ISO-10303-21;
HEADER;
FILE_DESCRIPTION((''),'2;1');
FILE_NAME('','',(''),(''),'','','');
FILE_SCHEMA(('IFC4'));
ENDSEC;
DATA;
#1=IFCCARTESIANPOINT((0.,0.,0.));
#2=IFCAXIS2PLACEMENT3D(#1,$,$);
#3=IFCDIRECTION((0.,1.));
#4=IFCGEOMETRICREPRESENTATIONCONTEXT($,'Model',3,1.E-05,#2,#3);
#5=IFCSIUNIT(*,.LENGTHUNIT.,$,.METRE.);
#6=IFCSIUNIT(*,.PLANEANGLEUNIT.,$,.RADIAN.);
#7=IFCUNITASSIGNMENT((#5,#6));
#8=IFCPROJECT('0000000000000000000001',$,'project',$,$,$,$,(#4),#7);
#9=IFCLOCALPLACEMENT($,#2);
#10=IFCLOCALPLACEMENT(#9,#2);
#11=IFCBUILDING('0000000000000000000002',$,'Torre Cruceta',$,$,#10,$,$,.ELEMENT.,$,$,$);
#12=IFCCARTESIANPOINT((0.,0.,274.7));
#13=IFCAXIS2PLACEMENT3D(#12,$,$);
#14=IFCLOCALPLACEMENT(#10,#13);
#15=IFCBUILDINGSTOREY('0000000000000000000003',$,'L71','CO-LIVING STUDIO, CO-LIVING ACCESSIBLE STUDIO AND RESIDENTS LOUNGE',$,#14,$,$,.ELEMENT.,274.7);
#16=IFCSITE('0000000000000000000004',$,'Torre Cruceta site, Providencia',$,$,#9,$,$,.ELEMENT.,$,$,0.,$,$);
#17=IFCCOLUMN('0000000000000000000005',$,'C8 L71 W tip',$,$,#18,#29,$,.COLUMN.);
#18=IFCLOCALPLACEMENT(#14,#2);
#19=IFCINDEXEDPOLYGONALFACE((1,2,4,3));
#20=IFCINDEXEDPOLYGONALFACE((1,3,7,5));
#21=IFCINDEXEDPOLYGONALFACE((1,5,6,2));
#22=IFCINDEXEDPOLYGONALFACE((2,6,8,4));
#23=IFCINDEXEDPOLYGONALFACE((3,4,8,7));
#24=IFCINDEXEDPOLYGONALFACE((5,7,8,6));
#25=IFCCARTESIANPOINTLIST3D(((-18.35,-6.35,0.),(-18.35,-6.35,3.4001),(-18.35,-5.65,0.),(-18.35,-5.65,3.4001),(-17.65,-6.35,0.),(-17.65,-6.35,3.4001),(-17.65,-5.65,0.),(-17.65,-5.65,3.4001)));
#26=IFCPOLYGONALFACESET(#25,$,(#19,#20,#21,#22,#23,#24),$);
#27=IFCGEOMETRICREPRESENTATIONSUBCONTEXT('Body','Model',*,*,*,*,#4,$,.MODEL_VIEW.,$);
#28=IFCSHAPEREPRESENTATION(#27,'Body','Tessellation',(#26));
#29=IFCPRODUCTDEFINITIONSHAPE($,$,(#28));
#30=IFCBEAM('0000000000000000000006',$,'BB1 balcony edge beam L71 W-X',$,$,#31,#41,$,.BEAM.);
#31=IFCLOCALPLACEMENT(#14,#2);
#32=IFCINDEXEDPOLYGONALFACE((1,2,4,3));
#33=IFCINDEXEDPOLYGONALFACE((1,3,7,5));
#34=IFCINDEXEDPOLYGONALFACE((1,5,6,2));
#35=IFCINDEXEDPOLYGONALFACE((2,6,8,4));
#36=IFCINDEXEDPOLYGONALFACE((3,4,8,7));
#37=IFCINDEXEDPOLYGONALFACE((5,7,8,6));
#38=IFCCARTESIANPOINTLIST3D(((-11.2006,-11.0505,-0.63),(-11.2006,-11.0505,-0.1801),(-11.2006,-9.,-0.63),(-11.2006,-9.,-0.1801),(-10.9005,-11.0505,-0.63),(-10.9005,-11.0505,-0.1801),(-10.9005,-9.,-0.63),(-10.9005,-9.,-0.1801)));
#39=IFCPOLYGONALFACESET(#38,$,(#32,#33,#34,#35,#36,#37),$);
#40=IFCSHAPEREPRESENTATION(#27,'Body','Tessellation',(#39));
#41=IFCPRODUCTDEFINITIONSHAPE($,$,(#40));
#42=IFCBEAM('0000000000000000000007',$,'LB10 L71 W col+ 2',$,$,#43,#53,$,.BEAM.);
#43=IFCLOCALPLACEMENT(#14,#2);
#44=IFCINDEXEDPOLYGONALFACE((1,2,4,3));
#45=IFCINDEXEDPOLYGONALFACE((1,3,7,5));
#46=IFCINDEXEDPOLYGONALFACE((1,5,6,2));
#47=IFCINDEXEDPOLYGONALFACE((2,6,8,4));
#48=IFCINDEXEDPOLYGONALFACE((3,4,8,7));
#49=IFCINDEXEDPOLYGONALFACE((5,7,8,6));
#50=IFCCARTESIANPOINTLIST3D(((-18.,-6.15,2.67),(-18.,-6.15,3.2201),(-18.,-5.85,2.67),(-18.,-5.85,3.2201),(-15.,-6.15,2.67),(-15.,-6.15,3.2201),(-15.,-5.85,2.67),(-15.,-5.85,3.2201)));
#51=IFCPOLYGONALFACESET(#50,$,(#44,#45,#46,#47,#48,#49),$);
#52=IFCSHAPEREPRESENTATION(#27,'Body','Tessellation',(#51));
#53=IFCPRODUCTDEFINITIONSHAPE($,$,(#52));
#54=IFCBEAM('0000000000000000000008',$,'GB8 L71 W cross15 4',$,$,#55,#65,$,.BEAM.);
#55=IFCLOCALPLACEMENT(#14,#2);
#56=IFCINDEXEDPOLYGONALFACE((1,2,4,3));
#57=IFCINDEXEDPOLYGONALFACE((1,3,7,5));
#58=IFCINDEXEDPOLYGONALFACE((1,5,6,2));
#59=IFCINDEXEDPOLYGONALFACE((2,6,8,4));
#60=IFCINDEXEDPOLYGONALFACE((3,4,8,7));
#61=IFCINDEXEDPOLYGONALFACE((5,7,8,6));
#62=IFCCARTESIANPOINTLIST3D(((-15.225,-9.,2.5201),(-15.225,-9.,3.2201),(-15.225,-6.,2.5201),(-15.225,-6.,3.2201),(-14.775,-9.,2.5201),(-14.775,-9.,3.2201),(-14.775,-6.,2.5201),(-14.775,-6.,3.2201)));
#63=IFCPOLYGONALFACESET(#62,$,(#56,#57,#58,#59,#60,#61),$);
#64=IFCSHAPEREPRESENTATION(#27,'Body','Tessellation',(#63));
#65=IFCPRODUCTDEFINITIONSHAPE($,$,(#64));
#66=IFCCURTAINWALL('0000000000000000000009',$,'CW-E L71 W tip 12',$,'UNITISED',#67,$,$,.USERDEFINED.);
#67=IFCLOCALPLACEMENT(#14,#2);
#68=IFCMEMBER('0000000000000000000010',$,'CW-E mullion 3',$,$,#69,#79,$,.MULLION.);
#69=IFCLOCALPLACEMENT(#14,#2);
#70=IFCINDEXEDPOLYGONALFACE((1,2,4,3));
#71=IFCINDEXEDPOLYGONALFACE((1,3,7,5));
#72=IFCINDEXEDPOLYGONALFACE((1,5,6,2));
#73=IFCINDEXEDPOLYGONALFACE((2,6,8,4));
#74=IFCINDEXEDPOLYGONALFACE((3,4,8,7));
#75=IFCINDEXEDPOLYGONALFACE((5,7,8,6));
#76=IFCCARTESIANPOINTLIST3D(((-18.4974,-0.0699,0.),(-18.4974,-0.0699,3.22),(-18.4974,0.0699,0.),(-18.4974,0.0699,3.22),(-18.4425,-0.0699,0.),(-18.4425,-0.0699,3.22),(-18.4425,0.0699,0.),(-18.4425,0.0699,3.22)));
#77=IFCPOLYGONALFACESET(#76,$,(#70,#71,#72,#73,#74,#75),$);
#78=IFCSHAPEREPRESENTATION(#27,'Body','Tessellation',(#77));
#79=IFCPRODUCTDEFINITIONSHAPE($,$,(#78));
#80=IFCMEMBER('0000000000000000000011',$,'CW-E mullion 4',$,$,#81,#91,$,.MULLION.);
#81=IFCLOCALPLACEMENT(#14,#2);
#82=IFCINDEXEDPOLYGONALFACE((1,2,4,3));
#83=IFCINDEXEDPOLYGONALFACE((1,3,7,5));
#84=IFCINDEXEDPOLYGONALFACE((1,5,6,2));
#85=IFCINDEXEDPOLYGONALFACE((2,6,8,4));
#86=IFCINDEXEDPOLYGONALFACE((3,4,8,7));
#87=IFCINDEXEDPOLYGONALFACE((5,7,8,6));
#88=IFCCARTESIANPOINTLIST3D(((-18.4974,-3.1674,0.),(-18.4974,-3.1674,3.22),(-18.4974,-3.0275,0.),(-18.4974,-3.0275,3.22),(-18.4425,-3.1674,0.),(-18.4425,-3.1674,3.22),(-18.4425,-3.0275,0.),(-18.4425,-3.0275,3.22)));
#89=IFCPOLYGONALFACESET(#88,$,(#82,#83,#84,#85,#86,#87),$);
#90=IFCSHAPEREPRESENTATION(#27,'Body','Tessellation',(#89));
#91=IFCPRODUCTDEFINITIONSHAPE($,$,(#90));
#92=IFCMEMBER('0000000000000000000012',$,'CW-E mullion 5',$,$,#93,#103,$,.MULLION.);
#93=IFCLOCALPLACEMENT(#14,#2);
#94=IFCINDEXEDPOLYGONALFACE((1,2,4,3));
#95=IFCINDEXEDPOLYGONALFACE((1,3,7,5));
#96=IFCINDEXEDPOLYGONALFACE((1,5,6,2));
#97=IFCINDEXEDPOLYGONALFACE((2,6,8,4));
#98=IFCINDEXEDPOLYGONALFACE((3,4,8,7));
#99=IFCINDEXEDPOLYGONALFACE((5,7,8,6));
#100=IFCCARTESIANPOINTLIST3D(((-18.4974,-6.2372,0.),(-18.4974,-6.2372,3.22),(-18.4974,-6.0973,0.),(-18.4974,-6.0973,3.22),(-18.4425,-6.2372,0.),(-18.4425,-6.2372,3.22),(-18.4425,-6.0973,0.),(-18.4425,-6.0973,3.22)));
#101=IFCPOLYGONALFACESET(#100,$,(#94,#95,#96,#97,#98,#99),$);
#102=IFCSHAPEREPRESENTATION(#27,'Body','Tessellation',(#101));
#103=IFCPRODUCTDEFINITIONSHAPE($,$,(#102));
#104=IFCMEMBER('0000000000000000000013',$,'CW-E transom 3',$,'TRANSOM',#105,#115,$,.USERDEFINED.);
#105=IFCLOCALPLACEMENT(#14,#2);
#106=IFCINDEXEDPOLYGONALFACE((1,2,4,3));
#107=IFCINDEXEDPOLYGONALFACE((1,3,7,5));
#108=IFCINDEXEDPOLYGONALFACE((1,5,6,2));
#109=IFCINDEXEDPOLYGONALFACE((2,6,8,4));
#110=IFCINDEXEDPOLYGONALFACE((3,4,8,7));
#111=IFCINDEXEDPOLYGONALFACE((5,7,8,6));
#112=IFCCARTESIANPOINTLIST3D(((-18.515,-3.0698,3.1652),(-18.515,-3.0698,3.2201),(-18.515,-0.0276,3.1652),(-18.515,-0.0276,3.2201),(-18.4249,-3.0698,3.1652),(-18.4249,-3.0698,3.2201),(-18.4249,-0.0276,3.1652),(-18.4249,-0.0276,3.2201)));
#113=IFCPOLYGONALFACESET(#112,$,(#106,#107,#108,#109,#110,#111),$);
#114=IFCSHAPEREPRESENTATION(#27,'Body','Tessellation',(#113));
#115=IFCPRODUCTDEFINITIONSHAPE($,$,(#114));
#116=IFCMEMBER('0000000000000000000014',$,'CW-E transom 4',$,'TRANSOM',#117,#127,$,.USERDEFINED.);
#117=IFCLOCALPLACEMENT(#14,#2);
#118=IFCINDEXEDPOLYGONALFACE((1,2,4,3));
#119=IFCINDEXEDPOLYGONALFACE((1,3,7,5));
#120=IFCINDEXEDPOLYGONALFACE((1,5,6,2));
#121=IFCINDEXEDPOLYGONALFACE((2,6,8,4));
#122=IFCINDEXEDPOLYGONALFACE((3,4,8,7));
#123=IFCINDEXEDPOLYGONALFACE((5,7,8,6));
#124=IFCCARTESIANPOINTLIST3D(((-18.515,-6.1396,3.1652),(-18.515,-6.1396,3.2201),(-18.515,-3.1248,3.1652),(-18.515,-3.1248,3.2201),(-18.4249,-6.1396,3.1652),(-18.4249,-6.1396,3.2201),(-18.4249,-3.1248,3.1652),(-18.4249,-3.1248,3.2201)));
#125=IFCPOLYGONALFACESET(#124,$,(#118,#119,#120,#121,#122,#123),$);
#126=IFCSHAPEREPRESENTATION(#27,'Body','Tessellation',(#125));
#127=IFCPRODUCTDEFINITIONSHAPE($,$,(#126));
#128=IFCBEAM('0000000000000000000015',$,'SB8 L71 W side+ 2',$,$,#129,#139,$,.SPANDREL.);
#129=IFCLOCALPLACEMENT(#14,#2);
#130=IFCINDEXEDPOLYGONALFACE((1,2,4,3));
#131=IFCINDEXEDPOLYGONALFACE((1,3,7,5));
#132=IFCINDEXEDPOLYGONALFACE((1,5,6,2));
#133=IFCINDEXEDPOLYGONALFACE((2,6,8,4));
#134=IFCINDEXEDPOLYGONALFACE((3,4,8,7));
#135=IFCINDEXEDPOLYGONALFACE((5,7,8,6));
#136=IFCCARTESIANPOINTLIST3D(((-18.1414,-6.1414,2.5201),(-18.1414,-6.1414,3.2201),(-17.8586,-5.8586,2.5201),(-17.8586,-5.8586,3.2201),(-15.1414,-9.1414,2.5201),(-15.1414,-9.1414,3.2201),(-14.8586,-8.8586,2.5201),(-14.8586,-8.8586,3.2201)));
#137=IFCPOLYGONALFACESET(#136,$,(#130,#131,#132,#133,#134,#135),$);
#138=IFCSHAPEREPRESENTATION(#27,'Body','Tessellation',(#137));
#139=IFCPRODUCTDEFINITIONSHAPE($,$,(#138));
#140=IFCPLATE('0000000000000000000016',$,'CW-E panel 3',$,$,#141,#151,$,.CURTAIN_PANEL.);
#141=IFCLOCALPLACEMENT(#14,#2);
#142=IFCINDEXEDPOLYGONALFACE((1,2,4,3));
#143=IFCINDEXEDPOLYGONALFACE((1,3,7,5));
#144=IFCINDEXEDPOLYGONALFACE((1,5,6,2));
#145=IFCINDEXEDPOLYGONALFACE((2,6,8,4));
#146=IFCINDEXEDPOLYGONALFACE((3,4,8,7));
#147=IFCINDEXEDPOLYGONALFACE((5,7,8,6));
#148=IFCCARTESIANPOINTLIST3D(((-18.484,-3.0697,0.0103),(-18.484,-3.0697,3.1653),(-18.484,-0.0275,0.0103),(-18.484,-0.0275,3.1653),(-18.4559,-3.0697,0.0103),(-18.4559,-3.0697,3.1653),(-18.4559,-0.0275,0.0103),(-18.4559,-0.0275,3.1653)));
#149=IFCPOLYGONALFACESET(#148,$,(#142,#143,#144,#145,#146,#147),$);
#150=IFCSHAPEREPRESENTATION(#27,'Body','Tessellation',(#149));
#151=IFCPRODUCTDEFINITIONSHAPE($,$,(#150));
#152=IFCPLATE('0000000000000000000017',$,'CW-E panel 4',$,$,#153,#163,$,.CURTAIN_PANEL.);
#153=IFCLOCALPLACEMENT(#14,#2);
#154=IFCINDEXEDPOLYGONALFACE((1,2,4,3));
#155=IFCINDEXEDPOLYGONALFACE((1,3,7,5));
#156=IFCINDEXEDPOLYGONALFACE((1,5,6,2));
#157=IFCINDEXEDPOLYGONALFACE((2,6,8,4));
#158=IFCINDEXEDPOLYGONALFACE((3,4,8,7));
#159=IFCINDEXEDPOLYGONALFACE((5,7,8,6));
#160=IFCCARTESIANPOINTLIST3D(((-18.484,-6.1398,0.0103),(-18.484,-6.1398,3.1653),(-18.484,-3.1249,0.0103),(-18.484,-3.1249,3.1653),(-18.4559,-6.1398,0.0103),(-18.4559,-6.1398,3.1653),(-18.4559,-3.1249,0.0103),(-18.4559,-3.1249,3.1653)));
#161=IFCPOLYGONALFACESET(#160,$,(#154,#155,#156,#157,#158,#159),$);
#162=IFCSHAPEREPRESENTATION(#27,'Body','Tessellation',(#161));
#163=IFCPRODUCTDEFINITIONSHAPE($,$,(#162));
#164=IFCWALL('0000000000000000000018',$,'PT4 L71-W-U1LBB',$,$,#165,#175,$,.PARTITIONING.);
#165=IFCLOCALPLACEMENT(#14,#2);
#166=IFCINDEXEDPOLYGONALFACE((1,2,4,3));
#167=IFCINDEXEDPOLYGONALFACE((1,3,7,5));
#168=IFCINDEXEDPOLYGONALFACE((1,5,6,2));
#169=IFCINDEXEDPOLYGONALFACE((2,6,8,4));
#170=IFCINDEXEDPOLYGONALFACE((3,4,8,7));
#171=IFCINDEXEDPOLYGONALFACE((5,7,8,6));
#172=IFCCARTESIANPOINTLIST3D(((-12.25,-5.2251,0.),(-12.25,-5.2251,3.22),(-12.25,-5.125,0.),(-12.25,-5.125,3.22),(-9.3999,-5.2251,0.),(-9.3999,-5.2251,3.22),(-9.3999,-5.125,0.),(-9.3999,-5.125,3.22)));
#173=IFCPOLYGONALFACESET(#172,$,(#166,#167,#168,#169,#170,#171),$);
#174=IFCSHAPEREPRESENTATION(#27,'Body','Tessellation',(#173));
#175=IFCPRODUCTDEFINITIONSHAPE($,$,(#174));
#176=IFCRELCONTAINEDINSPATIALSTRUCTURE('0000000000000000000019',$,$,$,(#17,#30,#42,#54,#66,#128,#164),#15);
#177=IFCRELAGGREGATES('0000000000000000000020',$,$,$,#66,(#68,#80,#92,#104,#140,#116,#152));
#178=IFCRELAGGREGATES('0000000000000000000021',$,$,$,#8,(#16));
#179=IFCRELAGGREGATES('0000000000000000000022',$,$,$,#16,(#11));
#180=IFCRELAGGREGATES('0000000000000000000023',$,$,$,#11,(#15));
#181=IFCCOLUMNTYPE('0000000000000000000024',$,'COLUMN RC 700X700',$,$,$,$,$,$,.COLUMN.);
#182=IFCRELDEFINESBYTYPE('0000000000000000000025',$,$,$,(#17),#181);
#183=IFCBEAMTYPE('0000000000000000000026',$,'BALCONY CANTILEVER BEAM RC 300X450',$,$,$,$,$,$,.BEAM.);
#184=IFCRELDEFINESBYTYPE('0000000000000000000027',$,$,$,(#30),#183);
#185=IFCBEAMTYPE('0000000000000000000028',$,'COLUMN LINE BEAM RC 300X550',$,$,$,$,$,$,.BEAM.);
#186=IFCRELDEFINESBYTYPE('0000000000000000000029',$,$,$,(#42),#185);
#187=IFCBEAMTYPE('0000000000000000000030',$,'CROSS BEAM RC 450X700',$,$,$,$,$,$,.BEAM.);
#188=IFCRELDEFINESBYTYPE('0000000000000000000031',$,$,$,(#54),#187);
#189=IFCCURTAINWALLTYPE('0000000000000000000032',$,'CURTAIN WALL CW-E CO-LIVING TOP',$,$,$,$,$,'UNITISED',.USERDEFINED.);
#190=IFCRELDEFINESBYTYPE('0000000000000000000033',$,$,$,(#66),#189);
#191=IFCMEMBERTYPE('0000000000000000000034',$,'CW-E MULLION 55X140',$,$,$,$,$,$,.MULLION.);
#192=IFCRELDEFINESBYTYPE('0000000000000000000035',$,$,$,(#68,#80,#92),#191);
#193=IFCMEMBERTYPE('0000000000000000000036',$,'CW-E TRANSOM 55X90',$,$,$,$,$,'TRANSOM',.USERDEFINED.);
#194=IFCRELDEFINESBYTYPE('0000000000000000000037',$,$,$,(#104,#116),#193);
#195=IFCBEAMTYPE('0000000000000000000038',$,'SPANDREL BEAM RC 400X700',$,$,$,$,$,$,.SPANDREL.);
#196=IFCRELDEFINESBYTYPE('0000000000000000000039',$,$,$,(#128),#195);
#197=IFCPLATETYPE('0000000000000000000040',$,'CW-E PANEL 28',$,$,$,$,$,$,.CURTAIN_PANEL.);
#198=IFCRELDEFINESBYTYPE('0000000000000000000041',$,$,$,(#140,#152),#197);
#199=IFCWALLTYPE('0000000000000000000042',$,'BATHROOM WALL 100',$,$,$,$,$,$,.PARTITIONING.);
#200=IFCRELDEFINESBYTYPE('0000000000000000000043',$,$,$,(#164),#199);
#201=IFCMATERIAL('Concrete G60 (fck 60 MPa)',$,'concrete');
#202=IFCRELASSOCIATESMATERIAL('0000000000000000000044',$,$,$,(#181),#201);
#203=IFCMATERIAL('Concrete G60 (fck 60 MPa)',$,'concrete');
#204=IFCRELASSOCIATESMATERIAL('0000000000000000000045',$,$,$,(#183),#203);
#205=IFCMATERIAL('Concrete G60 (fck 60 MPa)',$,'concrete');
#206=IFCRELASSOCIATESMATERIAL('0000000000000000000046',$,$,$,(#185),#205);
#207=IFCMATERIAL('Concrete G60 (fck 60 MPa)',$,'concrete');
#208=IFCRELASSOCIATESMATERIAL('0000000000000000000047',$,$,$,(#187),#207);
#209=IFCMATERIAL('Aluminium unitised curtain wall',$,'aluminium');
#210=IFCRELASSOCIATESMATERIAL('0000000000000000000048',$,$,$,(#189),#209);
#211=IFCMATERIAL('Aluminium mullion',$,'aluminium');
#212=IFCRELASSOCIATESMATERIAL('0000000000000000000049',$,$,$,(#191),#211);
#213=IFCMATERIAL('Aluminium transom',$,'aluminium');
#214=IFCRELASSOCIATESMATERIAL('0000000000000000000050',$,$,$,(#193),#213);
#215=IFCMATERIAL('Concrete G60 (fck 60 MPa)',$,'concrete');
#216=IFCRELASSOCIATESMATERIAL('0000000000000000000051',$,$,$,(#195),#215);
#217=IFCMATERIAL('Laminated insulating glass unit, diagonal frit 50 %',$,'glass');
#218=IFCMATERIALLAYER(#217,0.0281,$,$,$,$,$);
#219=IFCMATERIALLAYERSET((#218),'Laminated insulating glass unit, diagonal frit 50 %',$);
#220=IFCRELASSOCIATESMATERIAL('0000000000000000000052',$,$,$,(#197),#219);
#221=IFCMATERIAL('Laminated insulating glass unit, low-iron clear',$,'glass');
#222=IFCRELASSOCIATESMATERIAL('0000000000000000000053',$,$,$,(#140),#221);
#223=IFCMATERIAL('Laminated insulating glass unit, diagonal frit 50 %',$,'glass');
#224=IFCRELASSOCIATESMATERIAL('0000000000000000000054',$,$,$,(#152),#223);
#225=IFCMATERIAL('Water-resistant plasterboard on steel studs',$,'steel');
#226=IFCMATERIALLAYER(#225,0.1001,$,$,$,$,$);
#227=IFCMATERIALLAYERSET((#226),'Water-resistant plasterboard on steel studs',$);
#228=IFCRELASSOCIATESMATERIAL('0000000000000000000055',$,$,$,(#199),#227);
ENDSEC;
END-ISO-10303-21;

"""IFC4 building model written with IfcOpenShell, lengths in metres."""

from ifc_helpers import new_model, si_unit, direction, frame, frame_2d, origin, origin_2d, place, context, subcontext, project, spatial, rectangle, extrude, material, layer, layer_set, material_profile, profile_set, type_object, element, aggregate, save


model = new_model("IFC4")

# Units and contexts
model_context = context("Model", 3, precision=1e-05, world=origin(), true_north=direction((0.0, 1.0)))
body_context = subcontext(model_context, "Body", "Model", "MODEL_VIEW")
ifc_project = project(units=[si_unit("LENGTHUNIT", "METRE"), si_unit("PLANEANGLEUNIT", "RADIAN")], contexts=[model_context])

# Site, building, storey
site_placement = place(None, origin())
site = spatial("IfcSite", under=ifc_project, at=site_placement, Name="Torre Cruceta site, Providencia", CompositionType="ELEMENT", RefElevation=0.0)
building_placement = place(site_placement, origin())
building = spatial("IfcBuilding", under=site, at=building_placement, Name="Torre Cruceta", CompositionType="ELEMENT")
storey_placement = place(building_placement, frame((0.0, 0.0, 274.7)))
storey = spatial("IfcBuildingStorey", under=building, at=storey_placement, Name="L71", Description="CO-LIVING STUDIO, CO-LIVING ACCESSIBLE STUDIO AND RESIDENTS LOUNGE", CompositionType="ELEMENT", Elevation=274.7)

# Column
ifc_material_1 = material(Name="Concrete G60 (fck 60 MPa)", Category="concrete")
ifc_material_profile_1 = material_profile(ifc_material_1, rectangle(XDim=0.7, YDim=0.7, at=origin_2d()), Name="RC 700X700")
ifc_profile_set_1 = profile_set([ifc_material_profile_1], Name="Concrete G60 (fck 60 MPa)")
column_type = type_object("IfcColumnType", Name="COLUMN RC 700X700", PredefinedType="COLUMN", material=ifc_profile_set_1)
column_placement = place(storey_placement, frame((-18.0, -6.0, 0.0), z_axis=(0.0, 0.0, 1.0), x_axis=(1.0, 0.0, 0.0)))
element("IfcColumn", 1, at=column_placement, inside=storey, type_object=column_type, Name="C8 L71 W tip", PredefinedType="COLUMN", context=body_context, shape_type="SweptSolid", body=[
    extrude(rectangle(XDim=0.7, YDim=0.7, at=origin_2d()), origin(), (0.0, 0.0, 1.0), 3.4001),
])

# Beams
ifc_material_2 = material(Name="Concrete G60 (fck 60 MPa)", Category="concrete")
ifc_material_profile_2 = material_profile(ifc_material_2, rectangle(XDim=0.3, YDim=0.45, at=origin_2d()), Name="RC 300X450")
ifc_profile_set_2 = profile_set([ifc_material_profile_2], Name="Concrete G60 (fck 60 MPa)")
beam_type_1 = type_object("IfcBeamType", Name="BALCONY CANTILEVER BEAM RC 300X450", PredefinedType="BEAM", material=ifc_profile_set_2)
beam_1_placement = place(storey_placement, frame((-11.0505, -9.0, -0.405), z_axis=(0.0, -1.0, 0.0), x_axis=(1.0, 0.0, 0.0)))
element("IfcBeam", 2, at=beam_1_placement, inside=storey, type_object=beam_type_1, Name="BB1 balcony edge beam L71 W-X", PredefinedType="BEAM", context=body_context, shape_type="SweptSolid", body=[
    extrude(rectangle(XDim=0.3, YDim=0.45, at=origin_2d()), origin(), (0.0, 0.0, 1.0), 2.0505),
])
ifc_material_3 = material(Name="Concrete G60 (fck 60 MPa)", Category="concrete")
ifc_material_profile_3 = material_profile(ifc_material_3, rectangle(XDim=0.3, YDim=0.55, at=origin_2d()), Name="RC 300X550")
ifc_profile_set_3 = profile_set([ifc_material_profile_3], Name="Concrete G60 (fck 60 MPa)")
beam_type_2 = type_object("IfcBeamType", Name="COLUMN LINE BEAM RC 300X550", PredefinedType="BEAM", material=ifc_profile_set_3)
beam_2_placement = place(storey_placement, frame((-15.0, -6.0, 2.9451), z_axis=(-1.0, 0.0, 0.0), x_axis=(0.0, -1.0, 0.0)))
element("IfcBeam", 3, at=beam_2_placement, inside=storey, type_object=beam_type_2, Name="LB10 L71 W col+ 2", PredefinedType="BEAM", context=body_context, shape_type="SweptSolid", body=[
    extrude(rectangle(XDim=0.3, YDim=0.55, at=origin_2d()), origin(), (0.0, 0.0, 1.0), 3.0),
])
ifc_material_4 = material(Name="Concrete G60 (fck 60 MPa)", Category="concrete")
ifc_material_profile_4 = material_profile(ifc_material_4, rectangle(XDim=0.45, YDim=0.7, at=origin_2d()), Name="RC 450X700")
ifc_profile_set_4 = profile_set([ifc_material_profile_4], Name="Concrete G60 (fck 60 MPa)")
beam_type_3 = type_object("IfcBeamType", Name="CROSS BEAM RC 450X700", PredefinedType="BEAM", material=ifc_profile_set_4)
beam_3_placement = place(storey_placement, frame((-15.0, -6.0, 2.8701), z_axis=(0.0, -1.0, 0.0), x_axis=(1.0, 0.0, 0.0)))
element("IfcBeam", 4, at=beam_3_placement, inside=storey, type_object=beam_type_3, Name="GB8 L71 W cross15 4", PredefinedType="BEAM", context=body_context, shape_type="SweptSolid", body=[
    extrude(rectangle(XDim=0.45, YDim=0.7, at=origin_2d()), origin(), (0.0, 0.0, 1.0), 3.0),
])

# Curtain wall, members
ifc_material_5 = material(Name="Aluminium unitised curtain wall", Category="aluminium")
curtain_wall_type = type_object("IfcCurtainWallType", Name="CURTAIN WALL CW-E CO-LIVING TOP", ElementType="UNITISED", PredefinedType="USERDEFINED", material=ifc_material_5)
curtain_wall_placement = place(storey_placement, origin())
curtain_wall = element("IfcCurtainWall", 5, at=curtain_wall_placement, inside=storey, type_object=curtain_wall_type, Name="CW-E L71 W tip 12", ObjectType="UNITISED", PredefinedType="USERDEFINED")
ifc_material_6 = material(Name="Aluminium mullion", Category="aluminium")
ifc_material_profile_5 = material_profile(ifc_material_6, rectangle(XDim=0.0549, YDim=0.1399, at=origin_2d()), Name="AL 55X140")
ifc_profile_set_5 = profile_set([ifc_material_profile_5], Name="Aluminium mullion")
member_type_1 = type_object("IfcMemberType", Name="CW-E MULLION 55X140", PredefinedType="MULLION", material=ifc_profile_set_5)
member_1_placement = place(storey_placement, frame((-18.47, 0.0, 0.0), z_axis=(0.0, 0.0, 1.0), x_axis=(1.0, 0.0, 0.0)))
member_1 = element("IfcMember", 6, at=member_1_placement, type_object=member_type_1, Name="CW-E mullion 3", PredefinedType="MULLION", context=body_context, shape_type="SweptSolid", body=[
    extrude(rectangle(XDim=0.0549, YDim=0.1399, at=origin_2d()), origin(), (0.0, 0.0, 1.0), 3.22),
])
member_2_placement = place(storey_placement, frame((-18.47, -3.0974, 0.0), z_axis=(0.0, 0.0, 1.0), x_axis=(1.0, 0.0, 0.0)))
member_2 = element("IfcMember", 7, at=member_2_placement, type_object=member_type_1, Name="CW-E mullion 4", PredefinedType="MULLION", context=body_context, shape_type="SweptSolid", body=[
    extrude(rectangle(XDim=0.0549, YDim=0.1399, at=origin_2d()), origin(), (0.0, 0.0, 1.0), 3.22),
])
member_3_placement = place(storey_placement, frame((-18.47, -6.1672, 0.0), z_axis=(0.0, 0.0, 1.0), x_axis=(1.0, 0.0, 0.0)))
member_3 = element("IfcMember", 8, at=member_3_placement, type_object=member_type_1, Name="CW-E mullion 5", PredefinedType="MULLION", context=body_context, shape_type="SweptSolid", body=[
    extrude(rectangle(XDim=0.0549, YDim=0.1399, at=origin_2d()), origin(), (0.0, 0.0, 1.0), 3.22),
])
ifc_material_7 = material(Name="Aluminium transom", Category="aluminium")
ifc_material_profile_6 = material_profile(ifc_material_7, rectangle(XDim=0.0901, YDim=0.0549, at=origin_2d()), Name="AL 90X55")
ifc_profile_set_6 = profile_set([ifc_material_profile_6], Name="Aluminium transom")
member_type_2 = type_object("IfcMemberType", Name="CW-E TRANSOM 55X90", ElementType="TRANSOM", PredefinedType="USERDEFINED", material=ifc_profile_set_6)
member_4_placement = place(storey_placement, frame((-18.47, -0.0276, 3.1926), z_axis=(0.0, -1.0, 0.0), x_axis=(1.0, 0.0, 0.0)))
member_4 = element("IfcMember", 9, at=member_4_placement, type_object=member_type_2, Name="CW-E transom 3", ObjectType="TRANSOM", PredefinedType="USERDEFINED", context=body_context, shape_type="SweptSolid", body=[
    extrude(rectangle(XDim=0.0901, YDim=0.0549, at=origin_2d()), origin(), (0.0, 0.0, 1.0), 3.0422),
])
member_5_placement = place(storey_placement, frame((-18.47, -3.1248, 3.1926), z_axis=(0.0, -1.0, 0.0), x_axis=(1.0, 0.0, 0.0)))
member_5 = element("IfcMember", 10, at=member_5_placement, type_object=member_type_2, Name="CW-E transom 4", ObjectType="TRANSOM", PredefinedType="USERDEFINED", context=body_context, shape_type="SweptSolid", body=[
    extrude(rectangle(XDim=0.0901, YDim=0.0549, at=origin_2d()), origin(), (0.0, 0.0, 1.0), 3.0149),
])

# Beam
ifc_material_8 = material(Name="Concrete G60 (fck 60 MPa)", Category="concrete")
ifc_material_profile_7 = material_profile(ifc_material_8, rectangle(XDim=0.3999, YDim=0.7, at=origin_2d()), Name="RC 400X700")
ifc_profile_set_7 = profile_set([ifc_material_profile_7], Name="Concrete G60 (fck 60 MPa)")
beam_type_4 = type_object("IfcBeamType", Name="SPANDREL BEAM RC 400X700", PredefinedType="SPANDREL", material=ifc_profile_set_7)
beam_4_placement = place(storey_placement, frame((-15.0, -9.0, 2.8701), z_axis=(-0.707107, 0.707107, 0.0), x_axis=(-0.707107, -0.707107, 0.0)))
element("IfcBeam", 11, at=beam_4_placement, inside=storey, type_object=beam_type_4, Name="SB8 L71 W side+ 2", PredefinedType="SPANDREL", context=body_context, shape_type="SweptSolid", body=[
    extrude(rectangle(XDim=0.3999, YDim=0.7, at=origin_2d()), origin(), (0.0, 0.0, 1.0), 4.2427),
])

# Plates
ifc_material_9 = material(Name="Laminated insulating glass unit, low-iron clear", Category="glass")
ifc_material_10 = material(Name="Laminated insulating glass unit, diagonal frit 50 %", Category="glass")
ifc_layer_1 = layer(ifc_material_10, 0.0281)
ifc_layer_set_1 = layer_set([ifc_layer_1], Name="Laminated insulating glass unit, diagonal frit 50 %")
plate_type = type_object("IfcPlateType", Name="CW-E PANEL 28", PredefinedType="CURTAIN_PANEL", material=ifc_layer_set_1)
plate_1_placement = place(storey_placement, frame((-18.47, -1.5486, 0.0103), z_axis=(0.0, 0.0, 1.0), x_axis=(0.0, -1.0, 0.0)))
plate_1 = element("IfcPlate", 12, at=plate_1_placement, type_object=plate_type, material=ifc_material_9, Name="CW-E panel 3", PredefinedType="CURTAIN_PANEL", context=body_context, shape_type="SweptSolid", body=[
    extrude(rectangle(XDim=3.0422, YDim=0.0281, at=origin_2d()), origin(), (0.0, 0.0, 1.0), 3.155),
])
ifc_material_11 = material(Name="Laminated insulating glass unit, diagonal frit 50 %", Category="glass")
plate_2_placement = place(storey_placement, frame((-18.47, -4.6323, 0.0103), z_axis=(0.0, 0.0, 1.0), x_axis=(0.0, -1.0, 0.0)))
plate_2 = element("IfcPlate", 13, at=plate_2_placement, type_object=plate_type, material=ifc_material_11, Name="CW-E panel 4", PredefinedType="CURTAIN_PANEL", context=body_context, shape_type="SweptSolid", body=[
    extrude(rectangle(XDim=3.0149, YDim=0.0281, at=origin_2d()), origin(), (0.0, 0.0, 1.0), 3.155),
])
aggregate(curtain_wall, [member_1, member_2, member_3, member_4, plate_1, member_5, plate_2])

# Wall
ifc_material_12 = material(Name="Water-resistant plasterboard on steel studs", Category="steel")
ifc_layer_2 = layer(ifc_material_12, 0.1001)
ifc_layer_set_2 = layer_set([ifc_layer_2], Name="Water-resistant plasterboard on steel studs")
wall_type_1 = type_object("IfcWallType", Name="BATHROOM WALL 100", PredefinedType="PARTITIONING", material=ifc_layer_set_2)
wall_1_placement = place(storey_placement, frame((-9.3999, -5.175, 0.0), z_axis=(0.0, 0.0, 1.0), x_axis=(-1.0, 0.0, 0.0)))
element("IfcWall", 14, at=wall_1_placement, inside=storey, type_object=wall_type_1, Name="PT4 L71-W-U1LBB", PredefinedType="PARTITIONING", context=body_context, shape_type="SweptSolid", body=[
    extrude(rectangle(XDim=2.8501, YDim=0.1001, at=frame_2d((1.425, 0.0))), origin(), (0.0, 0.0, 1.0), 3.22),
])

save(model, "model.ifc")
